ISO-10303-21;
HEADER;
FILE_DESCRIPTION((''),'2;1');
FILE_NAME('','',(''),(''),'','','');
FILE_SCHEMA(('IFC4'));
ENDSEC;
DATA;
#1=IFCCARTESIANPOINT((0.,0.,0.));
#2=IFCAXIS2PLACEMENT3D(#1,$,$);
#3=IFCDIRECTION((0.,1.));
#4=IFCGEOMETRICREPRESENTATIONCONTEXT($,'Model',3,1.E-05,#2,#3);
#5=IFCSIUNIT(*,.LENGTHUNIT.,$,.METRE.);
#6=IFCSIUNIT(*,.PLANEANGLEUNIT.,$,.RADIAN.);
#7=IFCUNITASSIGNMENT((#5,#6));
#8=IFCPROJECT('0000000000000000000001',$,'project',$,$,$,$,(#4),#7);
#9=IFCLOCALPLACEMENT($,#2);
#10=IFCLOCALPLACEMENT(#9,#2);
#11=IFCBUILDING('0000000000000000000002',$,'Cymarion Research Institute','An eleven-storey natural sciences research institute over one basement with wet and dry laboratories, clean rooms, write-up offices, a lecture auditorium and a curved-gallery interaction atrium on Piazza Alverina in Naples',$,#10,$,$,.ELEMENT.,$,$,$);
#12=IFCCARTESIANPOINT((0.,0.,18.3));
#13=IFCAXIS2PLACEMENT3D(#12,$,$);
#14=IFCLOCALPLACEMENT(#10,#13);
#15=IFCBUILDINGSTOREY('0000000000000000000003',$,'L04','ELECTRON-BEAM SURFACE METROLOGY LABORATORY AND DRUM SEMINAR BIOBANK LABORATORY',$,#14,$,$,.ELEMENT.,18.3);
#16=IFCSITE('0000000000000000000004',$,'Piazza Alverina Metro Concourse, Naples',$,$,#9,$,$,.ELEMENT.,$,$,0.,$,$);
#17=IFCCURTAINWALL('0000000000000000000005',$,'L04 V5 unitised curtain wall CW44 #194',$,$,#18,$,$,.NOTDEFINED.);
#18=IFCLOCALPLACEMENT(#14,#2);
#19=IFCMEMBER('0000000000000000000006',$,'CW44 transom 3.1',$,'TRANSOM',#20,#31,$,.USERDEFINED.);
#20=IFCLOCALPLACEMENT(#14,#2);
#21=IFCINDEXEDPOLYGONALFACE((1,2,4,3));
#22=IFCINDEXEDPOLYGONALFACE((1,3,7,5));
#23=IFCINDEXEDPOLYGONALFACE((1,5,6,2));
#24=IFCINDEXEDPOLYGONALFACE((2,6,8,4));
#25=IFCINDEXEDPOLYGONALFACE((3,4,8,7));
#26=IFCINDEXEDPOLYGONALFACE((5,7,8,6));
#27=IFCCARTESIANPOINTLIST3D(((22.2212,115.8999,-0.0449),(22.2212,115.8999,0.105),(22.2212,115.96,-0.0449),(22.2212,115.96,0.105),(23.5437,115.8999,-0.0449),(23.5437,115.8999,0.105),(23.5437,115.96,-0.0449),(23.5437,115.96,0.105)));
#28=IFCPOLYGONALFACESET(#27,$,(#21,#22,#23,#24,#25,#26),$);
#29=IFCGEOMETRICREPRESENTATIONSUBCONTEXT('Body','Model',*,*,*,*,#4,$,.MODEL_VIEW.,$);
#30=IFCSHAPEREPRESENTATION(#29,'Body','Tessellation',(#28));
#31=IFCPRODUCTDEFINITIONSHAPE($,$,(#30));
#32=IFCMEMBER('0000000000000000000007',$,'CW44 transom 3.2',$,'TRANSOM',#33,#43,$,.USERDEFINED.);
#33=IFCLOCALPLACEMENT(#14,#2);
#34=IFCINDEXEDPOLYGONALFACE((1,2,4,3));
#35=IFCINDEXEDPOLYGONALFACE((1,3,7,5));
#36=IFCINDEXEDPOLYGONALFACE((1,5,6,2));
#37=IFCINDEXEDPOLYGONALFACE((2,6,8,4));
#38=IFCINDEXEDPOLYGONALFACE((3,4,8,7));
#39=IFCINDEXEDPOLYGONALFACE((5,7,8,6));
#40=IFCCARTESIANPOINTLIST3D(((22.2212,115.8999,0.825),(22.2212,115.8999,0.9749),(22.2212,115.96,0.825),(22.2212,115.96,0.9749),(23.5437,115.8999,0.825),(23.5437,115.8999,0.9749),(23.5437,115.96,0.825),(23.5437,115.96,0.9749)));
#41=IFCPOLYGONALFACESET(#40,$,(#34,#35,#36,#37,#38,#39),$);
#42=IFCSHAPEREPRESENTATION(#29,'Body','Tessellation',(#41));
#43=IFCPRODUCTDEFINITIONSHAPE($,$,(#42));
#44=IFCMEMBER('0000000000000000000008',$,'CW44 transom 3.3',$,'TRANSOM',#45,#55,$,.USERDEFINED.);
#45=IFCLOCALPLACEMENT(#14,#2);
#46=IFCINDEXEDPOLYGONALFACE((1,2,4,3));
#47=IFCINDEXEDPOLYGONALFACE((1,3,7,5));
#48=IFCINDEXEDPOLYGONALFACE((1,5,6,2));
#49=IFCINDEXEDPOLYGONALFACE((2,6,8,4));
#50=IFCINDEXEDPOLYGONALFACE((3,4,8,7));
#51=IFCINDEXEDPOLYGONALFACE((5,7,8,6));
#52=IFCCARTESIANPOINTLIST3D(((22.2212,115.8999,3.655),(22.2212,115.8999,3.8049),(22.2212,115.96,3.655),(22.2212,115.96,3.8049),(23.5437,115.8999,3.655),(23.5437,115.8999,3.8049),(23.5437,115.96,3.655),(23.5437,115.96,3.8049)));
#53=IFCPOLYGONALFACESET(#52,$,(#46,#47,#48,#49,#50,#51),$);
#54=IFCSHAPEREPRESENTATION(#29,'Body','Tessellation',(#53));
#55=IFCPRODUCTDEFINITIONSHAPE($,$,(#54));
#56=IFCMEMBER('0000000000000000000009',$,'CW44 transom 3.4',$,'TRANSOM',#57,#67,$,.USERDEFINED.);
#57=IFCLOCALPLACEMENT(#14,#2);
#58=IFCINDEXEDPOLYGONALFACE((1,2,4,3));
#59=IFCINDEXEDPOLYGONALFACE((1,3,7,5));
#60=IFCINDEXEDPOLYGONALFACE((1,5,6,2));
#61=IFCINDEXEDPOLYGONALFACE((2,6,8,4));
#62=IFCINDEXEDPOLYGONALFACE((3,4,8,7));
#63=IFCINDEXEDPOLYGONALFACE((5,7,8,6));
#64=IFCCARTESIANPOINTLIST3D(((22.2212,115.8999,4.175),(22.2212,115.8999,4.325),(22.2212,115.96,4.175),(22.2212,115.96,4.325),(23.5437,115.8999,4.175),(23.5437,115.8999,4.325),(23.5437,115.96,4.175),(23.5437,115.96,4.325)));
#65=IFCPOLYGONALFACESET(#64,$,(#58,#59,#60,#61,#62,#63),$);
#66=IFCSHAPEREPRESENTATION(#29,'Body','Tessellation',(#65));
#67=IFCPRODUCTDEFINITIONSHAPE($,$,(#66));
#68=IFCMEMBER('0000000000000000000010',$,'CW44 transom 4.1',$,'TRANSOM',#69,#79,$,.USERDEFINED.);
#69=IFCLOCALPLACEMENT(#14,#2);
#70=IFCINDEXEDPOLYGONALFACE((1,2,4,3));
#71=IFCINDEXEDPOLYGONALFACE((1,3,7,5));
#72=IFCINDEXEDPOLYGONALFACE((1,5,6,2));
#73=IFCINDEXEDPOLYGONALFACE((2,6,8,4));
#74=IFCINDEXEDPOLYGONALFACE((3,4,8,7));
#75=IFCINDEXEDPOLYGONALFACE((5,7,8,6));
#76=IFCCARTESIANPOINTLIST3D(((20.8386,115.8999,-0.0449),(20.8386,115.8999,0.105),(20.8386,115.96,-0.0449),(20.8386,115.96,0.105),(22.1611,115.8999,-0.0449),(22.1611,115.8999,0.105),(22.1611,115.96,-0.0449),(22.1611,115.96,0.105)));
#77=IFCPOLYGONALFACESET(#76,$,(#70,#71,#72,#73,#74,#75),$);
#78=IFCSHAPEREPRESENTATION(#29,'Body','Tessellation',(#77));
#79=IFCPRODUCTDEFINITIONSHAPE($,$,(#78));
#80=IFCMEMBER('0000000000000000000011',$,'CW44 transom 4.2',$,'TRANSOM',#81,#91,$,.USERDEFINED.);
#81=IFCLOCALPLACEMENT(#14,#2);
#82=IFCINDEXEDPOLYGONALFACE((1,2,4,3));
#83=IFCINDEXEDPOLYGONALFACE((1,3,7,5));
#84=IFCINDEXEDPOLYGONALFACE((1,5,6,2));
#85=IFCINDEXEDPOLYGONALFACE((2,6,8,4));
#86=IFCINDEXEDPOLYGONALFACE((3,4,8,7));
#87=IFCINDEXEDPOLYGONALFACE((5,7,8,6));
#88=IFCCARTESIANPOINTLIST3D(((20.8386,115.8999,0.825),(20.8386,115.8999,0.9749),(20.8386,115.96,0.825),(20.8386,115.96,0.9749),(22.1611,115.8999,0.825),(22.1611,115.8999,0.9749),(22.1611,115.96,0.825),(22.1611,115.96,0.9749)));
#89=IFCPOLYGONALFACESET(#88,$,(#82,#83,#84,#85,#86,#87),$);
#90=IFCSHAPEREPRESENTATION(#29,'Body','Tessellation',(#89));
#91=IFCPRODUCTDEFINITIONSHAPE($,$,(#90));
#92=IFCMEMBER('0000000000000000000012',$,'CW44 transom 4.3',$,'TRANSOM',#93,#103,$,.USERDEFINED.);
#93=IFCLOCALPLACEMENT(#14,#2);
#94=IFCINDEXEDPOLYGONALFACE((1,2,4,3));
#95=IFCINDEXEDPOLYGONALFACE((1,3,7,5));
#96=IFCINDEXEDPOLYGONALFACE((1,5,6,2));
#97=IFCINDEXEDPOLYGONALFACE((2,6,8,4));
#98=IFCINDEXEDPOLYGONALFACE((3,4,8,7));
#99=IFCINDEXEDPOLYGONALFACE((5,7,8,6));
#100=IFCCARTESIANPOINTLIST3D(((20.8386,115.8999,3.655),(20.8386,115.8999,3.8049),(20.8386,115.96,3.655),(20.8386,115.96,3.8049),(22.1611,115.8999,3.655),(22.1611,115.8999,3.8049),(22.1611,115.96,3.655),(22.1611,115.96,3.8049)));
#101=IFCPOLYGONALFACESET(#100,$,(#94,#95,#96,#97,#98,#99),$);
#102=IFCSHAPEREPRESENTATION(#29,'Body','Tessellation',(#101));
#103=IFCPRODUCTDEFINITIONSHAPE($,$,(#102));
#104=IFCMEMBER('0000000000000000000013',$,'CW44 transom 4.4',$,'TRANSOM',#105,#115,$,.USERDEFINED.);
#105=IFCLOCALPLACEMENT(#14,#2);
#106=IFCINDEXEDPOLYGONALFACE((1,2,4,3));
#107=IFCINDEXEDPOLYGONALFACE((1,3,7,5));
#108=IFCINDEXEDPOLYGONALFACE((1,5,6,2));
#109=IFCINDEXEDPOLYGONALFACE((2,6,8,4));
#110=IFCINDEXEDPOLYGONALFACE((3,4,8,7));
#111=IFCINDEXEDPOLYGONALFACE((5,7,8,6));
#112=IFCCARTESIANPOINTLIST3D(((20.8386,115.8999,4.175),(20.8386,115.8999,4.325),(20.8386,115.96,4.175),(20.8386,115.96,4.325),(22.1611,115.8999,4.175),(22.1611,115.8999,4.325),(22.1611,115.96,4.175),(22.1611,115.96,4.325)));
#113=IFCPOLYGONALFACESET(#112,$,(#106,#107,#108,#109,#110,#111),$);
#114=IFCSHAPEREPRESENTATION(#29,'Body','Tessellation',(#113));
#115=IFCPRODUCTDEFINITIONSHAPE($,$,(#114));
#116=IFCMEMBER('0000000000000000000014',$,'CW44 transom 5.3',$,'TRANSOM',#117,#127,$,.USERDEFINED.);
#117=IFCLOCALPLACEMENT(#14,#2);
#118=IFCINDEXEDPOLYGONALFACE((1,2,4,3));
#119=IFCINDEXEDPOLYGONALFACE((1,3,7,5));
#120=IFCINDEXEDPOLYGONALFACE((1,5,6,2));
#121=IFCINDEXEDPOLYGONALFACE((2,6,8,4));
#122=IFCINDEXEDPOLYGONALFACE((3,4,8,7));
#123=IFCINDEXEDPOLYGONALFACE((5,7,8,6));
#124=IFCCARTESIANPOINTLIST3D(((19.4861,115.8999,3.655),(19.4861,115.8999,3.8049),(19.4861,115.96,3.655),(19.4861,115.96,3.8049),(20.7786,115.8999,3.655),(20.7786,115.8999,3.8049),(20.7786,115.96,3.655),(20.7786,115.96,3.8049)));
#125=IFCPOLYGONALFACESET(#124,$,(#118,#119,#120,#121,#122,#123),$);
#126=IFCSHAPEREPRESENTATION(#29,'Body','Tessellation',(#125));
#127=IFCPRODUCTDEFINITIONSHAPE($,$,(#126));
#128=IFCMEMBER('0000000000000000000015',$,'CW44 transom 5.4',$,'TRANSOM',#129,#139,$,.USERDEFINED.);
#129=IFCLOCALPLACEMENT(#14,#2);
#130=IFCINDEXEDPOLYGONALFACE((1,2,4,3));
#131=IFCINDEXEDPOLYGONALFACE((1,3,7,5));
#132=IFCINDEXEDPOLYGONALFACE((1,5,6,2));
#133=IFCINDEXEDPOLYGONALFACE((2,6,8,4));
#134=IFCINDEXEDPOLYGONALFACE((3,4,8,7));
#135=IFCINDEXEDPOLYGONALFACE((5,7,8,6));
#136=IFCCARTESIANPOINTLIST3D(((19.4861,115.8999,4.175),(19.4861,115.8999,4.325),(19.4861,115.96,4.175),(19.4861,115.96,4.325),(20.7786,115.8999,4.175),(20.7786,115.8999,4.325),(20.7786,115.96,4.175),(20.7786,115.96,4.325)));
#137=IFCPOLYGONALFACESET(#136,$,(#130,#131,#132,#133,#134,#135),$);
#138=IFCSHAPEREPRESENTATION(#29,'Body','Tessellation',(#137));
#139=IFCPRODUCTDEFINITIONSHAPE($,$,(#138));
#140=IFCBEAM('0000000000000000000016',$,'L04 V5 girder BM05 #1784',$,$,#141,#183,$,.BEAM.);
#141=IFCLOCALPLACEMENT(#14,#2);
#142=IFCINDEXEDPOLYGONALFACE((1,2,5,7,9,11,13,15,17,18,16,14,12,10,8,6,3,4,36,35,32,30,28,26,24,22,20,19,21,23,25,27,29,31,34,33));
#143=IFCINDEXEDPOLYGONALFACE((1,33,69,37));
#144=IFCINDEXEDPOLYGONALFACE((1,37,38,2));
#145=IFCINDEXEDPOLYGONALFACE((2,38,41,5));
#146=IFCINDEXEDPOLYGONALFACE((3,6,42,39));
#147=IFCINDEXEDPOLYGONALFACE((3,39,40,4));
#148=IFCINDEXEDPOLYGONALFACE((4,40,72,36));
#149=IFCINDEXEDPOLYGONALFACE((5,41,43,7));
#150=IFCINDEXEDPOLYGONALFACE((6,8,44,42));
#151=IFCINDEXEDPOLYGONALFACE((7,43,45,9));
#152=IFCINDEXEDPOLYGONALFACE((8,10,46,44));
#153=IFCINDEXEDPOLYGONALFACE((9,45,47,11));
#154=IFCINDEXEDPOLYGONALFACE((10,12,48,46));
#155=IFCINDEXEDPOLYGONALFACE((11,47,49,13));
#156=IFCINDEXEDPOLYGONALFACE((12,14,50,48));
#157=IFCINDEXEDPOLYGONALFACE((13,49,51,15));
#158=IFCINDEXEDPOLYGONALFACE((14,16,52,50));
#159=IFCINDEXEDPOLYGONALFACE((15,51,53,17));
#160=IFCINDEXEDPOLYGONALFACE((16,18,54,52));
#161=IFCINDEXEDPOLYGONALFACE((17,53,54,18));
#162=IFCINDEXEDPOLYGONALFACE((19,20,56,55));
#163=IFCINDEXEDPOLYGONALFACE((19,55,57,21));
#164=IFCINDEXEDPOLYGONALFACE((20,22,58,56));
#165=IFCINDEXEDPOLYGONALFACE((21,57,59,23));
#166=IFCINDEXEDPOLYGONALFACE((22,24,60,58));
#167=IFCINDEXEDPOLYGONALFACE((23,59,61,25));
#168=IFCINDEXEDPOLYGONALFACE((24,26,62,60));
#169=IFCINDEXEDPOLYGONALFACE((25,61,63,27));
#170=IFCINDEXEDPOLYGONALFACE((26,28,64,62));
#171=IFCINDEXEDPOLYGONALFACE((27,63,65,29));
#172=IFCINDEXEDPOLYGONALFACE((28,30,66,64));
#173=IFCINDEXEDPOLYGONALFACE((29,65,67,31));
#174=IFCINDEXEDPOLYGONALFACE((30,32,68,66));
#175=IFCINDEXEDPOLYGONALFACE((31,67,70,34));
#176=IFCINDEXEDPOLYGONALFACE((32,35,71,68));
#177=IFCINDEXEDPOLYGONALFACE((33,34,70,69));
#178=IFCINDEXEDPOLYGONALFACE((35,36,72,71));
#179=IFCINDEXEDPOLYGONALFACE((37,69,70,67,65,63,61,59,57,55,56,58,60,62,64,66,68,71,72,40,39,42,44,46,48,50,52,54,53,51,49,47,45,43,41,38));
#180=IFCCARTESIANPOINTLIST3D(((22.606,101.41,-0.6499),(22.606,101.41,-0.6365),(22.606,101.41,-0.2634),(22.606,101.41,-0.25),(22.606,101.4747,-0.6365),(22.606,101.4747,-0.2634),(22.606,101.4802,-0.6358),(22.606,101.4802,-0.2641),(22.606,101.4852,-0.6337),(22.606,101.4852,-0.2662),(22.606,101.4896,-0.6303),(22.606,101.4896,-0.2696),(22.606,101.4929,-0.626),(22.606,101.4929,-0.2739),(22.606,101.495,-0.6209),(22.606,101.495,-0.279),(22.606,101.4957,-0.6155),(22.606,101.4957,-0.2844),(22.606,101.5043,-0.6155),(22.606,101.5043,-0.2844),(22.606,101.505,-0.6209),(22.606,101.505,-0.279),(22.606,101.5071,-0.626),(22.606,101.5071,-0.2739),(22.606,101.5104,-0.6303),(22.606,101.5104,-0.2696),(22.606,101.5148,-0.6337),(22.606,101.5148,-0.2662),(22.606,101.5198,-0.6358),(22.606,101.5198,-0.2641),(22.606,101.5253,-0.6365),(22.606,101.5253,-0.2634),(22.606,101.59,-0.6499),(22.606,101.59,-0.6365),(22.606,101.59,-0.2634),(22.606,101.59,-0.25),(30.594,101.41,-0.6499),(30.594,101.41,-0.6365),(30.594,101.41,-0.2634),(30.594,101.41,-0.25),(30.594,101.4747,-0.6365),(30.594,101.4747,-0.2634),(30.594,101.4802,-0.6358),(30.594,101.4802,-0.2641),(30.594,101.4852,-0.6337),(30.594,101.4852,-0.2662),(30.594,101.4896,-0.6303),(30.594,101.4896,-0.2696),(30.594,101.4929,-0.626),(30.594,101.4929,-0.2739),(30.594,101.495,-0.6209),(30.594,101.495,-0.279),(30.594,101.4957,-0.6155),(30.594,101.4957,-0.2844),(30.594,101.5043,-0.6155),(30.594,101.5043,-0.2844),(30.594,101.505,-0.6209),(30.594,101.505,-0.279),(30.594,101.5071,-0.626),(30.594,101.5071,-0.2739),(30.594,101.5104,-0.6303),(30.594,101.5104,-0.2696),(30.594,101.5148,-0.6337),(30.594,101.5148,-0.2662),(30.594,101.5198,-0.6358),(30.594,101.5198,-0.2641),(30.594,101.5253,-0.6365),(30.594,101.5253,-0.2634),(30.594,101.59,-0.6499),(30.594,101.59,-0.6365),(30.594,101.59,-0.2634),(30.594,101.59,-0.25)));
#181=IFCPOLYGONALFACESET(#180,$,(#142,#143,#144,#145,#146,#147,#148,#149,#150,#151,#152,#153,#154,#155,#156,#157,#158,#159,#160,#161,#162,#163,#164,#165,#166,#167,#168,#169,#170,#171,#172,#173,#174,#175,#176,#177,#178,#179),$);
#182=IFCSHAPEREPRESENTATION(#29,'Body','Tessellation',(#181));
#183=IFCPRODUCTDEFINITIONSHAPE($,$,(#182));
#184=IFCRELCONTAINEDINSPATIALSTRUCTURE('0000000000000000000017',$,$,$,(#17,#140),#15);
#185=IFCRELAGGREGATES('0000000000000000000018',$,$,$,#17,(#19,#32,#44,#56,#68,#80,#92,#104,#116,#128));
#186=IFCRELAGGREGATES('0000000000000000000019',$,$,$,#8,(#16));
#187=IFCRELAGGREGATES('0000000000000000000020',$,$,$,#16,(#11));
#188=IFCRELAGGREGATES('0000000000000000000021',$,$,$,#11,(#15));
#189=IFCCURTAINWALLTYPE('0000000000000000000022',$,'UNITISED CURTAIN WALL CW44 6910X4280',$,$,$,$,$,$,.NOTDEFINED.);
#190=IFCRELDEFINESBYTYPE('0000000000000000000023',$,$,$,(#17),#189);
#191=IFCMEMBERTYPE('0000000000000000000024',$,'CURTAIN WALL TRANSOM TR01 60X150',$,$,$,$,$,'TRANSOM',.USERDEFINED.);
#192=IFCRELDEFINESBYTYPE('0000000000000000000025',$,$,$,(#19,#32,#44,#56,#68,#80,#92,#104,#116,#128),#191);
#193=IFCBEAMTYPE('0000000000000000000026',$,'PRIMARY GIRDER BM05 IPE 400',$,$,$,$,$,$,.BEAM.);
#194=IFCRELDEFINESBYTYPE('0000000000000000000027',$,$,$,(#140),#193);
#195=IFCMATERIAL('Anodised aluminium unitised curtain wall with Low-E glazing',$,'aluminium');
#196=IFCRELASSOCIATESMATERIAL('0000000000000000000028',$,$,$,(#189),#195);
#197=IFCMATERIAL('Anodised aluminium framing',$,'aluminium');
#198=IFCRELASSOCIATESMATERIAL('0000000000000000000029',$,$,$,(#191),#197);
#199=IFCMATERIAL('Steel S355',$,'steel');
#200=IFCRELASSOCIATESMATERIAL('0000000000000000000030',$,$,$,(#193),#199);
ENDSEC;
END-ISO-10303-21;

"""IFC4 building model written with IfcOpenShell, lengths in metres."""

from ifc_helpers import new_model, si_unit, direction, frame, origin, origin_2d, place, context, subcontext, project, spatial, rectangle, i_section, extrude, material, material_profile, profile_set, type_object, element, aggregate, save


model = new_model("IFC4")

# Units and contexts
model_context = context("Model", 3, precision=1e-05, world=origin(), true_north=direction((0.0, 1.0)))
body_context = subcontext(model_context, "Body", "Model", "MODEL_VIEW")
ifc_project = project(units=[si_unit("LENGTHUNIT", "METRE"), si_unit("PLANEANGLEUNIT", "RADIAN")], contexts=[model_context])

# Site, building, storey
site_placement = place(None, origin())
site = spatial("IfcSite", under=ifc_project, at=site_placement, Name="Piazza Alverina Metro Concourse, Naples", CompositionType="ELEMENT", RefElevation=0.0)
building_placement = place(site_placement, origin())
building = spatial("IfcBuilding", under=site, at=building_placement, Name="Cymarion Research Institute", Description="An eleven-storey natural sciences research institute over one basement with wet and dry laboratories, clean rooms, write-up offices, a lecture auditorium and a curved-gallery interaction atrium on Piazza Alverina in Naples", CompositionType="ELEMENT")
storey_placement = place(building_placement, frame((0.0, 0.0, 18.3)))
storey = spatial("IfcBuildingStorey", under=building, at=storey_placement, Name="L04", Description="ELECTRON-BEAM SURFACE METROLOGY LABORATORY AND DRUM SEMINAR BIOBANK LABORATORY", CompositionType="ELEMENT", Elevation=18.3)

# Shared definitions
ifc_material_1 = material(Name="Steel S355", Category="steel")

# Curtain wall, members
ifc_material_2 = material(Name="Anodised aluminium unitised curtain wall with Low-E glazing", Category="aluminium")
curtain_wall_type = type_object("IfcCurtainWallType", Name="UNITISED CURTAIN WALL CW44 6910X4280", PredefinedType="NOTDEFINED", material=ifc_material_2)
curtain_wall_placement = place(storey_placement, origin())
curtain_wall = element("IfcCurtainWall", 1, at=curtain_wall_placement, inside=storey, type_object=curtain_wall_type, Name="L04 V5 unitised curtain wall CW44 #194", PredefinedType="NOTDEFINED")
ifc_material_3 = material(Name="Anodised aluminium framing", Category="aluminium")
ifc_material_profile_1 = material_profile(ifc_material_3, rectangle(XDim=0.0601, YDim=0.1499, at=origin_2d()), Name="ALU TRANSOM 60x150")
ifc_profile_set_1 = profile_set([ifc_material_profile_1], Name="Anodised aluminium framing")
member_type_1 = type_object("IfcMemberType", Name="CURTAIN WALL TRANSOM TR01 60X150", ElementType="TRANSOM", PredefinedType="USERDEFINED", material=ifc_profile_set_1)
member_1_placement = place(storey_placement, frame((23.5437, 115.9299, 0.03), z_axis=(-1.0, 0.0, 0.0), x_axis=(0.0, -1.0, 0.0)))
member_1 = element("IfcMember", 2, at=member_1_placement, type_object=member_type_1, Name="CW44 transom 3.1", ObjectType="TRANSOM", PredefinedType="USERDEFINED", context=body_context, shape_type="SweptSolid", body=[
    extrude(rectangle(XDim=0.0601, YDim=0.1499, at=origin_2d()), origin(), (0.0, 0.0, 1.0), 1.3225),
])
member_2_placement = place(storey_placement, frame((23.5437, 115.9299, 0.8999), z_axis=(-1.0, 0.0, 0.0), x_axis=(0.0, -1.0, 0.0)))
member_2 = element("IfcMember", 3, at=member_2_placement, type_object=member_type_1, Name="CW44 transom 3.2", ObjectType="TRANSOM", PredefinedType="USERDEFINED", context=body_context, shape_type="SweptSolid", body=[
    extrude(rectangle(XDim=0.0601, YDim=0.1499, at=origin_2d()), origin(), (0.0, 0.0, 1.0), 1.3225),
])
member_3_placement = place(storey_placement, frame((23.5437, 115.9299, 3.73), z_axis=(-1.0, 0.0, 0.0), x_axis=(0.0, -1.0, 0.0)))
member_3 = element("IfcMember", 4, at=member_3_placement, type_object=member_type_1, Name="CW44 transom 3.3", ObjectType="TRANSOM", PredefinedType="USERDEFINED", context=body_context, shape_type="SweptSolid", body=[
    extrude(rectangle(XDim=0.0601, YDim=0.1499, at=origin_2d()), origin(), (0.0, 0.0, 1.0), 1.3225),
])
member_4_placement = place(storey_placement, frame((23.5437, 115.9299, 4.25), z_axis=(-1.0, 0.0, 0.0), x_axis=(0.0, -1.0, 0.0)))
member_4 = element("IfcMember", 5, at=member_4_placement, type_object=member_type_1, Name="CW44 transom 3.4", ObjectType="TRANSOM", PredefinedType="USERDEFINED", context=body_context, shape_type="SweptSolid", body=[
    extrude(rectangle(XDim=0.0601, YDim=0.1499, at=origin_2d()), origin(), (0.0, 0.0, 1.0), 1.3225),
])
member_5_placement = place(storey_placement, frame((22.1611, 115.9299, 0.03), z_axis=(-1.0, 0.0, 0.0), x_axis=(0.0, -1.0, 0.0)))
member_5 = element("IfcMember", 6, at=member_5_placement, type_object=member_type_1, Name="CW44 transom 4.1", ObjectType="TRANSOM", PredefinedType="USERDEFINED", context=body_context, shape_type="SweptSolid", body=[
    extrude(rectangle(XDim=0.0601, YDim=0.1499, at=origin_2d()), origin(), (0.0, 0.0, 1.0), 1.3225),
])
member_6_placement = place(storey_placement, frame((22.1611, 115.9299, 0.8999), z_axis=(-1.0, 0.0, 0.0), x_axis=(0.0, -1.0, 0.0)))
member_6 = element("IfcMember", 7, at=member_6_placement, type_object=member_type_1, Name="CW44 transom 4.2", ObjectType="TRANSOM", PredefinedType="USERDEFINED", context=body_context, shape_type="SweptSolid", body=[
    extrude(rectangle(XDim=0.0601, YDim=0.1499, at=origin_2d()), origin(), (0.0, 0.0, 1.0), 1.3225),
])
member_7_placement = place(storey_placement, frame((22.1611, 115.9299, 3.73), z_axis=(-1.0, 0.0, 0.0), x_axis=(0.0, -1.0, 0.0)))
member_7 = element("IfcMember", 8, at=member_7_placement, type_object=member_type_1, Name="CW44 transom 4.3", ObjectType="TRANSOM", PredefinedType="USERDEFINED", context=body_context, shape_type="SweptSolid", body=[
    extrude(rectangle(XDim=0.0601, YDim=0.1499, at=origin_2d()), origin(), (0.0, 0.0, 1.0), 1.3225),
])
member_8_placement = place(storey_placement, frame((22.1611, 115.9299, 4.25), z_axis=(-1.0, 0.0, 0.0), x_axis=(0.0, -1.0, 0.0)))
member_8 = element("IfcMember", 9, at=member_8_placement, type_object=member_type_1, Name="CW44 transom 4.4", ObjectType="TRANSOM", PredefinedType="USERDEFINED", context=body_context, shape_type="SweptSolid", body=[
    extrude(rectangle(XDim=0.0601, YDim=0.1499, at=origin_2d()), origin(), (0.0, 0.0, 1.0), 1.3225),
])
member_9_placement = place(storey_placement, frame((20.7786, 115.9299, 3.73), z_axis=(-1.0, 0.0, 0.0), x_axis=(0.0, -1.0, 0.0)))
member_9 = element("IfcMember", 10, at=member_9_placement, type_object=member_type_1, Name="CW44 transom 5.3", ObjectType="TRANSOM", PredefinedType="USERDEFINED", context=body_context, shape_type="SweptSolid", body=[
    extrude(rectangle(XDim=0.0601, YDim=0.1499, at=origin_2d()), origin(), (0.0, 0.0, 1.0), 1.2925),
])
member_10_placement = place(storey_placement, frame((20.7786, 115.9299, 4.25), z_axis=(-1.0, 0.0, 0.0), x_axis=(0.0, -1.0, 0.0)))
member_10 = element("IfcMember", 11, at=member_10_placement, type_object=member_type_1, Name="CW44 transom 5.4", ObjectType="TRANSOM", PredefinedType="USERDEFINED", context=body_context, shape_type="SweptSolid", body=[
    extrude(rectangle(XDim=0.0601, YDim=0.1499, at=origin_2d()), origin(), (0.0, 0.0, 1.0), 1.2925),
])

# Beam
ifc_material_profile_2 = material_profile(ifc_material_1, i_section(OverallWidth=0.1799, OverallDepth=0.3999, WebThickness=0.0085, FlangeThickness=0.0134, FilletRadius=0.021, at=origin_2d()), Name="IPE 400")
ifc_profile_set_2 = profile_set([ifc_material_profile_2], Name="Steel S355")
beam_type_1 = type_object("IfcBeamType", Name="PRIMARY GIRDER BM05 IPE 400", PredefinedType="BEAM", material=ifc_profile_set_2)
for number, where, z_axis, x_axis, name in (
    (12, (22.606, 101.5, -0.45), (1.0, 0.0, 0.0), (0.0, 1.0, 0.0), "L04 V5 girder BM05 #1784"),
):
    element("IfcBeam", number, at=place(storey_placement, frame(where, z_axis=z_axis, x_axis=x_axis)), inside=storey, type_object=beam_type_1, Name=name, PredefinedType="BEAM", context=body_context, shape_type="SweptSolid", body=[
        extrude(i_section(OverallWidth=0.1799, OverallDepth=0.3999, WebThickness=0.0085, FlangeThickness=0.0134, FilletRadius=0.021, at=origin_2d()), origin(), (0.0, 0.0, 1.0), 7.988),
    ])

aggregate(curtain_wall, [member_1, member_2, member_3, member_4, member_5, member_6, member_7, member_8, member_9, member_10])

save(model, "model.ifc")
